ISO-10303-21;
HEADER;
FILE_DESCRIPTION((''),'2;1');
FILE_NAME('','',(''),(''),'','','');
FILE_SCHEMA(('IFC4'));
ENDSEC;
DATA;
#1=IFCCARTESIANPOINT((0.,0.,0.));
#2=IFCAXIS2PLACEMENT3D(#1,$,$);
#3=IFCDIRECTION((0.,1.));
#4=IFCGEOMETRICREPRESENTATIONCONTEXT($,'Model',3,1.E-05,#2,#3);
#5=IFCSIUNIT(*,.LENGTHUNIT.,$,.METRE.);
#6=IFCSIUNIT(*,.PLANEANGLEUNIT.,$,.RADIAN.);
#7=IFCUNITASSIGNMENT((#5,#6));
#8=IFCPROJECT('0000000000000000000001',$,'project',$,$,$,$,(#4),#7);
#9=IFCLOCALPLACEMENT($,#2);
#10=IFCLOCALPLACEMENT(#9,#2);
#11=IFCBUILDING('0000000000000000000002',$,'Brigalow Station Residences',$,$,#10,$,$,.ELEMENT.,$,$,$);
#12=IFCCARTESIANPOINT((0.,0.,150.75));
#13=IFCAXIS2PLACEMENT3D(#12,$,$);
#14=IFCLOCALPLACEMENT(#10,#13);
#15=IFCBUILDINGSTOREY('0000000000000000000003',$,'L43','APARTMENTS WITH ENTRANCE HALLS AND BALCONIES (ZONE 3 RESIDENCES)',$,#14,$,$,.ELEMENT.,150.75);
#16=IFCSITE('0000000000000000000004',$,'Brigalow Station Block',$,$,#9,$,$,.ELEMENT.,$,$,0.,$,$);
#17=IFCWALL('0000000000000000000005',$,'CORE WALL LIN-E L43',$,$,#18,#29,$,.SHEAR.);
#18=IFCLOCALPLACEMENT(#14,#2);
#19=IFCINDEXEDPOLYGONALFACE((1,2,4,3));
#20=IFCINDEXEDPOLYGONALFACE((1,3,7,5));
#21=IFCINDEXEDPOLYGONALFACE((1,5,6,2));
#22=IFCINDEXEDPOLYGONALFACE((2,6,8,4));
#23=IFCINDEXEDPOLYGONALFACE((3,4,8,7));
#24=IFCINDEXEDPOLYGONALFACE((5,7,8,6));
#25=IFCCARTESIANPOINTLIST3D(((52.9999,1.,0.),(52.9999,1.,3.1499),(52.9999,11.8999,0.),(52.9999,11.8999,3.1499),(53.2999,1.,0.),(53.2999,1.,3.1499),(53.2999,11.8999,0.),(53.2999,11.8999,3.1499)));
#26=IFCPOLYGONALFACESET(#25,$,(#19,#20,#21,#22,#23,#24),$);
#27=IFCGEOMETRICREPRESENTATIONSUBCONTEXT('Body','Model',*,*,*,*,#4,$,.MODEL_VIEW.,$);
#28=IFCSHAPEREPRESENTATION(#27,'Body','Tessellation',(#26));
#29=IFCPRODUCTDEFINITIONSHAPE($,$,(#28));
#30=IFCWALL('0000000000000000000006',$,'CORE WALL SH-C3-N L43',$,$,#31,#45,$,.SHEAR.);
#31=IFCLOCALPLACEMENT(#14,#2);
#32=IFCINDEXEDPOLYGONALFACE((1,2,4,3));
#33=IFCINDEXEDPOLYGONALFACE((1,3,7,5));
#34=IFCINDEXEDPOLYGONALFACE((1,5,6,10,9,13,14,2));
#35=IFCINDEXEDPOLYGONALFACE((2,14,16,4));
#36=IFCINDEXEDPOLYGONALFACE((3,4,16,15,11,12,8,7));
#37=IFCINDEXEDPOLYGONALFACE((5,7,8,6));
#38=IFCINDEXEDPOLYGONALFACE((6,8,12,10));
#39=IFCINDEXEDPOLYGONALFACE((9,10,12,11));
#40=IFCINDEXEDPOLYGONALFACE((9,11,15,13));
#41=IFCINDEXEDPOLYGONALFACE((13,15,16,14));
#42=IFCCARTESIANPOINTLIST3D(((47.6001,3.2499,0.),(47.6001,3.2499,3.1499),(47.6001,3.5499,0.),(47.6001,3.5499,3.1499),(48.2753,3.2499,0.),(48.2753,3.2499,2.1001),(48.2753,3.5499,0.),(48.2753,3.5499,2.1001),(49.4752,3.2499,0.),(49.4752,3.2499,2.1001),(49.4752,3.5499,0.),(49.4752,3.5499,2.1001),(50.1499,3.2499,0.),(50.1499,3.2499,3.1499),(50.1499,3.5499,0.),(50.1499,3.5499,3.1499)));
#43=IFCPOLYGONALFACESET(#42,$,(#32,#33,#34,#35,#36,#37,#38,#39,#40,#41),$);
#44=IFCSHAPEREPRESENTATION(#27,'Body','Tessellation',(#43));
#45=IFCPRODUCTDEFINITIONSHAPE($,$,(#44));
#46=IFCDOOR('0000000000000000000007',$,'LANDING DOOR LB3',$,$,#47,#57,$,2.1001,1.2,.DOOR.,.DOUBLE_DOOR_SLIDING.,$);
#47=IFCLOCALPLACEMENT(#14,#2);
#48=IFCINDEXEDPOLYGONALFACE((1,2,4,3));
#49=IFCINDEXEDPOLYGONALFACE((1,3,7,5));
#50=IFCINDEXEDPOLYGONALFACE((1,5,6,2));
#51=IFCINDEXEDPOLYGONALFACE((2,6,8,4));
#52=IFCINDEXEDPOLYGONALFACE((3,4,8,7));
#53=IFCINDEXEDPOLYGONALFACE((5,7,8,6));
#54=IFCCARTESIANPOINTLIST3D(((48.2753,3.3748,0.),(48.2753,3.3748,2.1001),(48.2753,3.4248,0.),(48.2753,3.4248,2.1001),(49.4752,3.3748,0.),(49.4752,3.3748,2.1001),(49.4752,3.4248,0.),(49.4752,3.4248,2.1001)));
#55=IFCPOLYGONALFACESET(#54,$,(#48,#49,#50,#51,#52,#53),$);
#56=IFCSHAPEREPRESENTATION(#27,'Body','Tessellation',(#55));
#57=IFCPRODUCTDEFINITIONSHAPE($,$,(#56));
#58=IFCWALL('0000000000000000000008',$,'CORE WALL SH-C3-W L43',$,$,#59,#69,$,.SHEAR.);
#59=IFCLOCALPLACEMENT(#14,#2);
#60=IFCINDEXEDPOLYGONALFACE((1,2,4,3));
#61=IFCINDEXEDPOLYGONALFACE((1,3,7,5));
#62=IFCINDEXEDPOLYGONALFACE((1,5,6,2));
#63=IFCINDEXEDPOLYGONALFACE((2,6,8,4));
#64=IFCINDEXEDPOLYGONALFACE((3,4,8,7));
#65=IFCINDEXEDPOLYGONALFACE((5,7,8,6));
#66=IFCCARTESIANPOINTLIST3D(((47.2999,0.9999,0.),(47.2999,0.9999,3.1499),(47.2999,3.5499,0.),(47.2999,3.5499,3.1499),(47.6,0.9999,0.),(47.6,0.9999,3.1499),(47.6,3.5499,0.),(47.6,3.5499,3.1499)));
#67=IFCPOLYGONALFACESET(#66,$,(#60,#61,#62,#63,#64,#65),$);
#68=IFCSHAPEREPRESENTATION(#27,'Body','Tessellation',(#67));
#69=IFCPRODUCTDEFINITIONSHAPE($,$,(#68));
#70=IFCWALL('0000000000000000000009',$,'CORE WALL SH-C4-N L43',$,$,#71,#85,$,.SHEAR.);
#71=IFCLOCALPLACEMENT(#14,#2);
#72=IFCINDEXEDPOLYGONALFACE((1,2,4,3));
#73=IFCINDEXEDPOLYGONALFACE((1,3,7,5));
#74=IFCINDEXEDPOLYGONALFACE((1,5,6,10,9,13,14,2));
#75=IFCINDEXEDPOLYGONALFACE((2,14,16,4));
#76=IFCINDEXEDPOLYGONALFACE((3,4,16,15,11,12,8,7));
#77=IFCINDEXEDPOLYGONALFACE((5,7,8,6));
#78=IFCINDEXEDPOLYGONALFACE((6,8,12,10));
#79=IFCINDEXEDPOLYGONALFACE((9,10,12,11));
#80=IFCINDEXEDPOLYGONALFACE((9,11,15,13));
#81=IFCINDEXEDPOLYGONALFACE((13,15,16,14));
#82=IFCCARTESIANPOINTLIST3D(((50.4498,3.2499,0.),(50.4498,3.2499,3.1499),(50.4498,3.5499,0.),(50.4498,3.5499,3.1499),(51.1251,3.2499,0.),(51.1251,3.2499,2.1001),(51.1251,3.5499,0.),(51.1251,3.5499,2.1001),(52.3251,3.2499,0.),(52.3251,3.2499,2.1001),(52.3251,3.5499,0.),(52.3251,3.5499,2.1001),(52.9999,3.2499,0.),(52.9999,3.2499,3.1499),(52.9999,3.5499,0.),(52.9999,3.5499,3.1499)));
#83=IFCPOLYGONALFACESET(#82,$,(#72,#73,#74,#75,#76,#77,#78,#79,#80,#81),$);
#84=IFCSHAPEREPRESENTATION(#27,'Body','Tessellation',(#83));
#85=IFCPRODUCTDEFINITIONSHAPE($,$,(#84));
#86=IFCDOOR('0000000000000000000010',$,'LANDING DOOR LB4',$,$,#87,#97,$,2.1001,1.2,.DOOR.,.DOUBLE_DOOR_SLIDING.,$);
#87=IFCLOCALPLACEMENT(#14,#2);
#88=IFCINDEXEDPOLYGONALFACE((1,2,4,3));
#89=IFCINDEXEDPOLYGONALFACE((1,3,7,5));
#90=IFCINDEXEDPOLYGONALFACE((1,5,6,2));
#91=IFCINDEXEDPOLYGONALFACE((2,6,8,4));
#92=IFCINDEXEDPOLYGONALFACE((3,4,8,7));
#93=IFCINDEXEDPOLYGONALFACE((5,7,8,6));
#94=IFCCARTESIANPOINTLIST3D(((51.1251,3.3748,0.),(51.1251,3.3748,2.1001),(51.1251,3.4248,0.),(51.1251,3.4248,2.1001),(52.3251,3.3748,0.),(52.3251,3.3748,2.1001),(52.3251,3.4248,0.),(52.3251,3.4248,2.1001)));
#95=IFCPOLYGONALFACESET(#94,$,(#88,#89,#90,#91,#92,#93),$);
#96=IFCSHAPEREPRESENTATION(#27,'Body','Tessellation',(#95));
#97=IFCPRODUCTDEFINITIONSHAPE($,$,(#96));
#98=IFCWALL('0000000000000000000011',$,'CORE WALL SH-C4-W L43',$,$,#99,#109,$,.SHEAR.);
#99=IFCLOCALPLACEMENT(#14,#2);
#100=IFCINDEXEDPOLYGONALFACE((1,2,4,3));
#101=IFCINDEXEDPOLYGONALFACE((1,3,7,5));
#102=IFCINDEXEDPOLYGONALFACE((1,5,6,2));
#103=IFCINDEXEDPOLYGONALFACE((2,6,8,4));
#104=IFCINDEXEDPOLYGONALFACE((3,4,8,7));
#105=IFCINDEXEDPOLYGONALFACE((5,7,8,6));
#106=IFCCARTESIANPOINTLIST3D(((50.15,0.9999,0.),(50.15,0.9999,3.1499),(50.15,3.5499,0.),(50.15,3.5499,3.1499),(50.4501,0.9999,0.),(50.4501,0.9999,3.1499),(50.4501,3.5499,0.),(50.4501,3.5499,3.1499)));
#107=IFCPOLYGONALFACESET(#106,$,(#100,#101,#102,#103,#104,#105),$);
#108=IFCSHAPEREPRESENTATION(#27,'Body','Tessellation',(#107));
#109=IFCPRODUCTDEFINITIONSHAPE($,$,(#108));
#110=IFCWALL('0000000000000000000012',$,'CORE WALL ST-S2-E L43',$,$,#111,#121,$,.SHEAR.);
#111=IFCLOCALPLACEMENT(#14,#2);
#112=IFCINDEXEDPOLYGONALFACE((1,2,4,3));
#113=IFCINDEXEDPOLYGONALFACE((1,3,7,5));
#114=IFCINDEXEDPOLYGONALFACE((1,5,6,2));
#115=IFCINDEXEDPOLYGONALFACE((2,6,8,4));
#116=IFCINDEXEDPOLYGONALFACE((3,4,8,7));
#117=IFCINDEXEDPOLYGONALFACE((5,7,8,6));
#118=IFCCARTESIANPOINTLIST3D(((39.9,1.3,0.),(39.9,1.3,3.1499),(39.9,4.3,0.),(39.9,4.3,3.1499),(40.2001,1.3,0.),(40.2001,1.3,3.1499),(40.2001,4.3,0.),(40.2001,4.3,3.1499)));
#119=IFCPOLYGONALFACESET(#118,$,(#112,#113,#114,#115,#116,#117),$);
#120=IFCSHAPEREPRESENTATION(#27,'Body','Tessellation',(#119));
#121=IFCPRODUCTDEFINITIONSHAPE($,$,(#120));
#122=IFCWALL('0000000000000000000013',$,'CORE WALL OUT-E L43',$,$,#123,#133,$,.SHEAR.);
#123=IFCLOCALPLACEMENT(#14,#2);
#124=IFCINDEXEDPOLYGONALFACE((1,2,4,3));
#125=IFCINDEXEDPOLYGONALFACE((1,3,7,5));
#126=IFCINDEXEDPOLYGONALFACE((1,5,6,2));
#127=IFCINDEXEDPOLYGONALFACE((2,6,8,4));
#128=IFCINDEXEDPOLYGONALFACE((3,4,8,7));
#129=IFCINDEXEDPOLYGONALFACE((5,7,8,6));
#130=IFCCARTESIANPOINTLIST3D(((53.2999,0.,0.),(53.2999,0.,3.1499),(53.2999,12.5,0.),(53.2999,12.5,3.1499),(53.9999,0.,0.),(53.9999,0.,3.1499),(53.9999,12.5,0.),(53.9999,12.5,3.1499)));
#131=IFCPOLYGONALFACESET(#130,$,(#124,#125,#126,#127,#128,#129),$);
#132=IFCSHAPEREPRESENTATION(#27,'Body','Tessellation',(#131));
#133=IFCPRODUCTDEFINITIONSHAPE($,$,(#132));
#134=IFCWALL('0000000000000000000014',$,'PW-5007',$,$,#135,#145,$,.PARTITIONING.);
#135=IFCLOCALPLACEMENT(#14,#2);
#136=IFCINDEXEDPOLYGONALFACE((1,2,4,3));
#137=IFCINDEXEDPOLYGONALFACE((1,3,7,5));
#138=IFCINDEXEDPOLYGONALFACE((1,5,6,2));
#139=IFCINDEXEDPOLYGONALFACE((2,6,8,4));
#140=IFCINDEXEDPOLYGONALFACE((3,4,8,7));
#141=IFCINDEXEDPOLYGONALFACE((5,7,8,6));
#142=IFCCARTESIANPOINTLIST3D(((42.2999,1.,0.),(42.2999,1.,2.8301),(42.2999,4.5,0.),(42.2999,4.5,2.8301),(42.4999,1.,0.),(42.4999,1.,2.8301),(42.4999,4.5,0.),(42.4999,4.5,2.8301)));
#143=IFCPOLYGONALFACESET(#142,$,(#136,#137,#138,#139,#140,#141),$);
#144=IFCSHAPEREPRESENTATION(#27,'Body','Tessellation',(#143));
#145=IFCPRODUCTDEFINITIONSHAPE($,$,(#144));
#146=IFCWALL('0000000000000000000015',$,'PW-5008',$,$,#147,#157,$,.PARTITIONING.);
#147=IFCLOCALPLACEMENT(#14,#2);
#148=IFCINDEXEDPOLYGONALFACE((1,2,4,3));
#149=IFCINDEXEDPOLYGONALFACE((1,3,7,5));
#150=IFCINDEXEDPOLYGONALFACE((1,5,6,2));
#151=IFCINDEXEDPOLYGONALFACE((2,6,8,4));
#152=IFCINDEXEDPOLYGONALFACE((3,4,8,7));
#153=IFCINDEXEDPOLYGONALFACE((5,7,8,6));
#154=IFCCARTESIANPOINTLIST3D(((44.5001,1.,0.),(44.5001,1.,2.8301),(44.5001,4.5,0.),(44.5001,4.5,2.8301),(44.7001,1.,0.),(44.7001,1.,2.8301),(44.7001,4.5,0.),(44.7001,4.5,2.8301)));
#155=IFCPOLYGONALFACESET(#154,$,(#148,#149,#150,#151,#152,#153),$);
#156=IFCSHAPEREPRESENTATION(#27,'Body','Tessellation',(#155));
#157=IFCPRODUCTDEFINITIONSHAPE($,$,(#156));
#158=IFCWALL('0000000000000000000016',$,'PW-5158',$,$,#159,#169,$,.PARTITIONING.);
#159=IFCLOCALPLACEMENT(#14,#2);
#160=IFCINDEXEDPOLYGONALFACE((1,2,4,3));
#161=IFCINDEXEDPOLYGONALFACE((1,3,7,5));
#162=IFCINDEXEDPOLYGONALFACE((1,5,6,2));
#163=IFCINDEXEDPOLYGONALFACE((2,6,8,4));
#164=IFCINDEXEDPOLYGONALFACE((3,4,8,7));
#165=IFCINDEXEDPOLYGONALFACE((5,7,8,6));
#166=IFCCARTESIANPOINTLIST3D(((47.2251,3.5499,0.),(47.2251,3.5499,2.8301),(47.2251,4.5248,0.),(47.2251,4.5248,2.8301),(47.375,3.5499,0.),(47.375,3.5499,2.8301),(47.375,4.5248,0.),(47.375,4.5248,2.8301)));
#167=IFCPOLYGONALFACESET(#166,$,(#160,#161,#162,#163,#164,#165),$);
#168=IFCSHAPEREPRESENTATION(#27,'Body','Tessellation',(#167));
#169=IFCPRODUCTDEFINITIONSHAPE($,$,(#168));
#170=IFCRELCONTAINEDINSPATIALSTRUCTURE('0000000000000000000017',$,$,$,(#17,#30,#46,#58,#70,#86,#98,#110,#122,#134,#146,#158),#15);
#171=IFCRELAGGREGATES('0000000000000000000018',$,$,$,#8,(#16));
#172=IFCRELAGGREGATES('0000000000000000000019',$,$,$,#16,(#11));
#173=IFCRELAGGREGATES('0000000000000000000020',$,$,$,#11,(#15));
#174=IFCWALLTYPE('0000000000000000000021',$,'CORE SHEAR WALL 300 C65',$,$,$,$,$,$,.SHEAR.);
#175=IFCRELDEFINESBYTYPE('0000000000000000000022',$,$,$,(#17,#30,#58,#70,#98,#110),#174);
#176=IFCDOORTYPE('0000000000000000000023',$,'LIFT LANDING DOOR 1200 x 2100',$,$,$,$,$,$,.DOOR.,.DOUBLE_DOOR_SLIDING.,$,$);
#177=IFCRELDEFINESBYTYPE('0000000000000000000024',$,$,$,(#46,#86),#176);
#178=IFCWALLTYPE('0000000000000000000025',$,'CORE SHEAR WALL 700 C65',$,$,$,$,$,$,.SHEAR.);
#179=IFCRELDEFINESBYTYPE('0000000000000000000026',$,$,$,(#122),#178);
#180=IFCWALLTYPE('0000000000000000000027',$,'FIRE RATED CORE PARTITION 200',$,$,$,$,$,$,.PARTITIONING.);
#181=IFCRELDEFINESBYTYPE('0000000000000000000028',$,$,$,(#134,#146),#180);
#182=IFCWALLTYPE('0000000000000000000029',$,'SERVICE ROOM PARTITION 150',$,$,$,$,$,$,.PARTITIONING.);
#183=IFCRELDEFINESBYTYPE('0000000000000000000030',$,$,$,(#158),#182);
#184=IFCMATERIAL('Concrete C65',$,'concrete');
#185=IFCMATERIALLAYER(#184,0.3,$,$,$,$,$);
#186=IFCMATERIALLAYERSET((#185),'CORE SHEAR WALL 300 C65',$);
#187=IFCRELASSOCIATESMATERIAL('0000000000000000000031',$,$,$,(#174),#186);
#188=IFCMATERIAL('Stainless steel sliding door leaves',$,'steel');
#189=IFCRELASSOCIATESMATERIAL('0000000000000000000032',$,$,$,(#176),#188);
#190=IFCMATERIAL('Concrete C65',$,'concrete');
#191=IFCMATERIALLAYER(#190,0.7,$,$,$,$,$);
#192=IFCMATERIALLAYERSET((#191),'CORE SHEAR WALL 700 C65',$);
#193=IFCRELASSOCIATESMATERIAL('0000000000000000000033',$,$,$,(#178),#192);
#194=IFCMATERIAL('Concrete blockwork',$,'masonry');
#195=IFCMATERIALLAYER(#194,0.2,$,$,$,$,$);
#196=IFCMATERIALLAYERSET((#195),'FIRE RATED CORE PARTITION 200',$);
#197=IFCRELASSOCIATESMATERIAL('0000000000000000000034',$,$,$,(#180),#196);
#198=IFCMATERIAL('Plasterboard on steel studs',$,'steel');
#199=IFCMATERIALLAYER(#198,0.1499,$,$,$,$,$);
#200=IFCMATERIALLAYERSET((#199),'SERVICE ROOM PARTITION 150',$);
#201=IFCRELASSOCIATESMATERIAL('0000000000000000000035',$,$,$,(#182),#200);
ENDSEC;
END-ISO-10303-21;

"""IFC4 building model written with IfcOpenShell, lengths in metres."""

from ifc_helpers import new_model, si_unit, direction, frame, frame_2d, origin, place, context, subcontext, project, spatial, rectangle, extrude, material, layer, layer_set, type_object, element, fill, save


model = new_model("IFC4")

# Units and contexts
model_context = context("Model", 3, precision=1e-05, world=origin(), true_north=direction((0.0, 1.0)))
body_context = subcontext(model_context, "Body", "Model", "MODEL_VIEW")
ifc_project = project(units=[si_unit("LENGTHUNIT", "METRE"), si_unit("PLANEANGLEUNIT", "RADIAN")], contexts=[model_context])

# Site, building, storey
site_placement = place(None, origin())
site = spatial("IfcSite", under=ifc_project, at=site_placement, Name="Brigalow Station Block", CompositionType="ELEMENT", RefElevation=0.0)
building_placement = place(site_placement, origin())
building = spatial("IfcBuilding", under=site, at=building_placement, Name="Brigalow Station Residences", CompositionType="ELEMENT")
storey_placement = place(building_placement, frame((0.0, 0.0, 150.75)))
storey = spatial("IfcBuildingStorey", under=building, at=storey_placement, Name="L43", Description="APARTMENTS WITH ENTRANCE HALLS AND BALCONIES (ZONE 3 RESIDENCES)", CompositionType="ELEMENT", Elevation=150.75)

# Wall
ifc_material_1 = material(Name="Concrete C65", Category="concrete")
ifc_layer_1 = layer(ifc_material_1, 0.3)
ifc_layer_set_1 = layer_set([ifc_layer_1], Name="CORE SHEAR WALL 300 C65")
wall_type_1 = type_object("IfcWallType", Name="CORE SHEAR WALL 300 C65", PredefinedType="SHEAR", material=ifc_layer_set_1)
wall_1_placement = place(storey_placement, frame((53.1499, 1.0, 0.0), z_axis=(0.0, 0.0, 1.0), x_axis=(0.0, 1.0, 0.0)))
element("IfcWall", 1, at=wall_1_placement, inside=storey, type_object=wall_type_1, Name="CORE WALL LIN-E L43", PredefinedType="SHEAR", context=body_context, shape_type="SweptSolid", body=[
    extrude(rectangle(XDim=10.8999, YDim=0.3, at=frame_2d((5.45, 0.0))), origin(), (0.0, 0.0, 1.0), 3.1499),
])

# Wall, opening, door
wall_2_placement = place(storey_placement, frame((47.6001, 3.3999, 0.0), z_axis=(0.0, 0.0, 1.0), x_axis=(1.0, 0.0, 0.0)))
wall_2 = element("IfcWall", 2, at=wall_2_placement, inside=storey, type_object=wall_type_1, Name="CORE WALL SH-C3-N L43", PredefinedType="SHEAR", context=body_context, shape_type="SweptSolid", body=[
    extrude(rectangle(XDim=2.5498, YDim=0.3, at=frame_2d((1.2749, 0.0))), origin(), (0.0, 0.0, 1.0), 3.1499),
])
opening_1_placement = place(wall_2_placement, frame((0.675, 0.0, 0.0)))
opening_1 = element("IfcOpeningElement", 3, at=opening_1_placement, cuts=wall_2, PredefinedType="OPENING", context=body_context, shape_type="SweptSolid", body=[
    extrude(rectangle(XDim=1.2, YDim=2.1001, at=frame_2d((0.6001, 1.05))), frame((0.0, 0.1602, 0.0), z_axis=(0.0, -1.0, 0.0), x_axis=(1.0, 0.0, 0.0)), (0.0, 0.0, 1.0), 0.3201),
])
ifc_material_2 = material(Name="Stainless steel sliding door leaves", Category="steel")
door_type = type_object("IfcDoorType", Name="LIFT LANDING DOOR 1200 x 2100", OperationType="DOUBLE_DOOR_SLIDING", PredefinedType="DOOR", material=ifc_material_2)
door_1_placement = place(opening_1_placement, origin())
door_1 = element("IfcDoor", 4, at=door_1_placement, inside=storey, type_object=door_type, Name="LANDING DOOR LB3", OperationType="DOUBLE_DOOR_SLIDING", OverallHeight=2.1001, OverallWidth=1.2, PredefinedType="DOOR", context=body_context, shape_type="SweptSolid", body=[
    extrude(rectangle(XDim=1.2, YDim=2.1001, at=frame_2d((0.6001, 1.05))), frame((0.0, 0.0249, 0.0), z_axis=(0.0, -1.0, 0.0), x_axis=(1.0, 0.0, 0.0)), (0.0, 0.0, 1.0), 0.05),
])
fill(opening_1, door_1)

# Wall
wall_3_placement = place(storey_placement, frame((47.45, 1.0, 0.0), z_axis=(0.0, 0.0, 1.0), x_axis=(0.0, 1.0, 0.0)))
element("IfcWall", 5, at=wall_3_placement, inside=storey, type_object=wall_type_1, Name="CORE WALL SH-C3-W L43", PredefinedType="SHEAR", context=body_context, shape_type="SweptSolid", body=[
    extrude(rectangle(XDim=2.55, YDim=0.3, at=frame_2d((1.2749, 0.0))), origin(), (0.0, 0.0, 1.0), 3.1499),
])

# Wall, opening, door
wall_4_placement = place(storey_placement, frame((50.45, 3.3999, 0.0), z_axis=(0.0, 0.0, 1.0), x_axis=(1.0, 0.0, 0.0)))
wall_4 = element("IfcWall", 6, at=wall_4_placement, inside=storey, type_object=wall_type_1, Name="CORE WALL SH-C4-N L43", PredefinedType="SHEAR", context=body_context, shape_type="SweptSolid", body=[
    extrude(rectangle(XDim=2.55, YDim=0.3, at=frame_2d((1.2749, 0.0))), origin(), (0.0, 0.0, 1.0), 3.1499),
])
opening_2_placement = place(wall_4_placement, frame((0.675, 0.0, 0.0)))
opening_2 = element("IfcOpeningElement", 7, at=opening_2_placement, cuts=wall_4, PredefinedType="OPENING", context=body_context, shape_type="SweptSolid", body=[
    extrude(rectangle(XDim=1.2, YDim=2.1001, at=frame_2d((0.6001, 1.05))), frame((0.0, 0.1602, 0.0), z_axis=(0.0, -1.0, 0.0), x_axis=(1.0, 0.0, 0.0)), (0.0, 0.0, 1.0), 0.3201),
])
door_2_placement = place(opening_2_placement, origin())
door_2 = element("IfcDoor", 8, at=door_2_placement, inside=storey, type_object=door_type, Name="LANDING DOOR LB4", OperationType="DOUBLE_DOOR_SLIDING", OverallHeight=2.1001, OverallWidth=1.2, PredefinedType="DOOR", context=body_context, shape_type="SweptSolid", body=[
    extrude(rectangle(XDim=1.2, YDim=2.1001, at=frame_2d((0.6001, 1.05))), frame((0.0, 0.0249, 0.0), z_axis=(0.0, -1.0, 0.0), x_axis=(1.0, 0.0, 0.0)), (0.0, 0.0, 1.0), 0.05),
])
fill(opening_2, door_2)

# Walls
wall_5_placement = place(storey_placement, frame((50.3, 1.0, 0.0), z_axis=(0.0, 0.0, 1.0), x_axis=(0.0, 1.0, 0.0)))
element("IfcWall", 9, at=wall_5_placement, inside=storey, type_object=wall_type_1, Name="CORE WALL SH-C4-W L43", PredefinedType="SHEAR", context=body_context, shape_type="SweptSolid", body=[
    extrude(rectangle(XDim=2.55, YDim=0.3, at=frame_2d((1.2749, 0.0))), origin(), (0.0, 0.0, 1.0), 3.1499),
])
wall_6_placement = place(storey_placement, frame((40.05, 1.3, 0.0), z_axis=(0.0, 0.0, 1.0), x_axis=(0.0, 1.0, 0.0)))
element("IfcWall", 10, at=wall_6_placement, inside=storey, type_object=wall_type_1, Name="CORE WALL ST-S2-E L43", PredefinedType="SHEAR", context=body_context, shape_type="SweptSolid", body=[
    extrude(rectangle(XDim=3.0, YDim=0.3, at=frame_2d((1.5, 0.0))), origin(), (0.0, 0.0, 1.0), 3.1499),
])
ifc_material_3 = material(Name="Concrete C65", Category="concrete")
ifc_layer_2 = layer(ifc_material_3, 0.7)
ifc_layer_set_2 = layer_set([ifc_layer_2], Name="CORE SHEAR WALL 700 C65")
wall_type_2 = type_object("IfcWallType", Name="CORE SHEAR WALL 700 C65", PredefinedType="SHEAR", material=ifc_layer_set_2)
wall_7_placement = place(storey_placement, frame((53.6499, 0.0, 0.0), z_axis=(0.0, 0.0, 1.0), x_axis=(0.0, 1.0, 0.0)))
element("IfcWall", 11, at=wall_7_placement, inside=storey, type_object=wall_type_2, Name="CORE WALL OUT-E L43", PredefinedType="SHEAR", context=body_context, shape_type="SweptSolid", body=[
    extrude(rectangle(XDim=12.5, YDim=0.7, at=frame_2d((6.25, 0.0))), origin(), (0.0, 0.0, 1.0), 3.1499),
])
ifc_material_4 = material(Name="Concrete blockwork", Category="masonry")
ifc_layer_3 = layer(ifc_material_4, 0.2)
ifc_layer_set_3 = layer_set([ifc_layer_3], Name="FIRE RATED CORE PARTITION 200")
wall_type_3 = type_object("IfcWallType", Name="FIRE RATED CORE PARTITION 200", PredefinedType="PARTITIONING", material=ifc_layer_set_3)
for number, where, z_axis, x_axis, name in (
    (12, (42.3999, 1.0, 0.0), (0.0, 0.0, 1.0), (0.0, 1.0, 0.0), "PW-5007"),
    (13, (44.6001, 1.0, 0.0), (0.0, 0.0, 1.0), (0.0, 1.0, 0.0), "PW-5008"),
):
    element("IfcWall", number, at=place(storey_placement, frame(where, z_axis=z_axis, x_axis=x_axis)), inside=storey, type_object=wall_type_3, Name=name, PredefinedType="PARTITIONING", context=body_context, shape_type="SweptSolid", body=[
        extrude(rectangle(XDim=3.5, YDim=0.2, at=frame_2d((1.75, 0.0))), origin(), (0.0, 0.0, 1.0), 2.8301),
    ])
ifc_material_5 = material(Name="Plasterboard on steel studs", Category="steel")
ifc_layer_4 = layer(ifc_material_5, 0.1499)
ifc_layer_set_4 = layer_set([ifc_layer_4], Name="SERVICE ROOM PARTITION 150")
wall_type_4 = type_object("IfcWallType", Name="SERVICE ROOM PARTITION 150", PredefinedType="PARTITIONING", material=ifc_layer_set_4)
wall_8_placement = place(storey_placement, frame((47.3, 3.55, 0.0), z_axis=(0.0, 0.0, 1.0), x_axis=(0.0, 1.0, 0.0)))
element("IfcWall", 14, at=wall_8_placement, inside=storey, type_object=wall_type_4, Name="PW-5158", PredefinedType="PARTITIONING", context=body_context, shape_type="SweptSolid", body=[
    extrude(rectangle(XDim=0.9749, YDim=0.1499, at=frame_2d((0.4873, 0.0))), origin(), (0.0, 0.0, 1.0), 2.8301),
])

save(model, "model.ifc")
